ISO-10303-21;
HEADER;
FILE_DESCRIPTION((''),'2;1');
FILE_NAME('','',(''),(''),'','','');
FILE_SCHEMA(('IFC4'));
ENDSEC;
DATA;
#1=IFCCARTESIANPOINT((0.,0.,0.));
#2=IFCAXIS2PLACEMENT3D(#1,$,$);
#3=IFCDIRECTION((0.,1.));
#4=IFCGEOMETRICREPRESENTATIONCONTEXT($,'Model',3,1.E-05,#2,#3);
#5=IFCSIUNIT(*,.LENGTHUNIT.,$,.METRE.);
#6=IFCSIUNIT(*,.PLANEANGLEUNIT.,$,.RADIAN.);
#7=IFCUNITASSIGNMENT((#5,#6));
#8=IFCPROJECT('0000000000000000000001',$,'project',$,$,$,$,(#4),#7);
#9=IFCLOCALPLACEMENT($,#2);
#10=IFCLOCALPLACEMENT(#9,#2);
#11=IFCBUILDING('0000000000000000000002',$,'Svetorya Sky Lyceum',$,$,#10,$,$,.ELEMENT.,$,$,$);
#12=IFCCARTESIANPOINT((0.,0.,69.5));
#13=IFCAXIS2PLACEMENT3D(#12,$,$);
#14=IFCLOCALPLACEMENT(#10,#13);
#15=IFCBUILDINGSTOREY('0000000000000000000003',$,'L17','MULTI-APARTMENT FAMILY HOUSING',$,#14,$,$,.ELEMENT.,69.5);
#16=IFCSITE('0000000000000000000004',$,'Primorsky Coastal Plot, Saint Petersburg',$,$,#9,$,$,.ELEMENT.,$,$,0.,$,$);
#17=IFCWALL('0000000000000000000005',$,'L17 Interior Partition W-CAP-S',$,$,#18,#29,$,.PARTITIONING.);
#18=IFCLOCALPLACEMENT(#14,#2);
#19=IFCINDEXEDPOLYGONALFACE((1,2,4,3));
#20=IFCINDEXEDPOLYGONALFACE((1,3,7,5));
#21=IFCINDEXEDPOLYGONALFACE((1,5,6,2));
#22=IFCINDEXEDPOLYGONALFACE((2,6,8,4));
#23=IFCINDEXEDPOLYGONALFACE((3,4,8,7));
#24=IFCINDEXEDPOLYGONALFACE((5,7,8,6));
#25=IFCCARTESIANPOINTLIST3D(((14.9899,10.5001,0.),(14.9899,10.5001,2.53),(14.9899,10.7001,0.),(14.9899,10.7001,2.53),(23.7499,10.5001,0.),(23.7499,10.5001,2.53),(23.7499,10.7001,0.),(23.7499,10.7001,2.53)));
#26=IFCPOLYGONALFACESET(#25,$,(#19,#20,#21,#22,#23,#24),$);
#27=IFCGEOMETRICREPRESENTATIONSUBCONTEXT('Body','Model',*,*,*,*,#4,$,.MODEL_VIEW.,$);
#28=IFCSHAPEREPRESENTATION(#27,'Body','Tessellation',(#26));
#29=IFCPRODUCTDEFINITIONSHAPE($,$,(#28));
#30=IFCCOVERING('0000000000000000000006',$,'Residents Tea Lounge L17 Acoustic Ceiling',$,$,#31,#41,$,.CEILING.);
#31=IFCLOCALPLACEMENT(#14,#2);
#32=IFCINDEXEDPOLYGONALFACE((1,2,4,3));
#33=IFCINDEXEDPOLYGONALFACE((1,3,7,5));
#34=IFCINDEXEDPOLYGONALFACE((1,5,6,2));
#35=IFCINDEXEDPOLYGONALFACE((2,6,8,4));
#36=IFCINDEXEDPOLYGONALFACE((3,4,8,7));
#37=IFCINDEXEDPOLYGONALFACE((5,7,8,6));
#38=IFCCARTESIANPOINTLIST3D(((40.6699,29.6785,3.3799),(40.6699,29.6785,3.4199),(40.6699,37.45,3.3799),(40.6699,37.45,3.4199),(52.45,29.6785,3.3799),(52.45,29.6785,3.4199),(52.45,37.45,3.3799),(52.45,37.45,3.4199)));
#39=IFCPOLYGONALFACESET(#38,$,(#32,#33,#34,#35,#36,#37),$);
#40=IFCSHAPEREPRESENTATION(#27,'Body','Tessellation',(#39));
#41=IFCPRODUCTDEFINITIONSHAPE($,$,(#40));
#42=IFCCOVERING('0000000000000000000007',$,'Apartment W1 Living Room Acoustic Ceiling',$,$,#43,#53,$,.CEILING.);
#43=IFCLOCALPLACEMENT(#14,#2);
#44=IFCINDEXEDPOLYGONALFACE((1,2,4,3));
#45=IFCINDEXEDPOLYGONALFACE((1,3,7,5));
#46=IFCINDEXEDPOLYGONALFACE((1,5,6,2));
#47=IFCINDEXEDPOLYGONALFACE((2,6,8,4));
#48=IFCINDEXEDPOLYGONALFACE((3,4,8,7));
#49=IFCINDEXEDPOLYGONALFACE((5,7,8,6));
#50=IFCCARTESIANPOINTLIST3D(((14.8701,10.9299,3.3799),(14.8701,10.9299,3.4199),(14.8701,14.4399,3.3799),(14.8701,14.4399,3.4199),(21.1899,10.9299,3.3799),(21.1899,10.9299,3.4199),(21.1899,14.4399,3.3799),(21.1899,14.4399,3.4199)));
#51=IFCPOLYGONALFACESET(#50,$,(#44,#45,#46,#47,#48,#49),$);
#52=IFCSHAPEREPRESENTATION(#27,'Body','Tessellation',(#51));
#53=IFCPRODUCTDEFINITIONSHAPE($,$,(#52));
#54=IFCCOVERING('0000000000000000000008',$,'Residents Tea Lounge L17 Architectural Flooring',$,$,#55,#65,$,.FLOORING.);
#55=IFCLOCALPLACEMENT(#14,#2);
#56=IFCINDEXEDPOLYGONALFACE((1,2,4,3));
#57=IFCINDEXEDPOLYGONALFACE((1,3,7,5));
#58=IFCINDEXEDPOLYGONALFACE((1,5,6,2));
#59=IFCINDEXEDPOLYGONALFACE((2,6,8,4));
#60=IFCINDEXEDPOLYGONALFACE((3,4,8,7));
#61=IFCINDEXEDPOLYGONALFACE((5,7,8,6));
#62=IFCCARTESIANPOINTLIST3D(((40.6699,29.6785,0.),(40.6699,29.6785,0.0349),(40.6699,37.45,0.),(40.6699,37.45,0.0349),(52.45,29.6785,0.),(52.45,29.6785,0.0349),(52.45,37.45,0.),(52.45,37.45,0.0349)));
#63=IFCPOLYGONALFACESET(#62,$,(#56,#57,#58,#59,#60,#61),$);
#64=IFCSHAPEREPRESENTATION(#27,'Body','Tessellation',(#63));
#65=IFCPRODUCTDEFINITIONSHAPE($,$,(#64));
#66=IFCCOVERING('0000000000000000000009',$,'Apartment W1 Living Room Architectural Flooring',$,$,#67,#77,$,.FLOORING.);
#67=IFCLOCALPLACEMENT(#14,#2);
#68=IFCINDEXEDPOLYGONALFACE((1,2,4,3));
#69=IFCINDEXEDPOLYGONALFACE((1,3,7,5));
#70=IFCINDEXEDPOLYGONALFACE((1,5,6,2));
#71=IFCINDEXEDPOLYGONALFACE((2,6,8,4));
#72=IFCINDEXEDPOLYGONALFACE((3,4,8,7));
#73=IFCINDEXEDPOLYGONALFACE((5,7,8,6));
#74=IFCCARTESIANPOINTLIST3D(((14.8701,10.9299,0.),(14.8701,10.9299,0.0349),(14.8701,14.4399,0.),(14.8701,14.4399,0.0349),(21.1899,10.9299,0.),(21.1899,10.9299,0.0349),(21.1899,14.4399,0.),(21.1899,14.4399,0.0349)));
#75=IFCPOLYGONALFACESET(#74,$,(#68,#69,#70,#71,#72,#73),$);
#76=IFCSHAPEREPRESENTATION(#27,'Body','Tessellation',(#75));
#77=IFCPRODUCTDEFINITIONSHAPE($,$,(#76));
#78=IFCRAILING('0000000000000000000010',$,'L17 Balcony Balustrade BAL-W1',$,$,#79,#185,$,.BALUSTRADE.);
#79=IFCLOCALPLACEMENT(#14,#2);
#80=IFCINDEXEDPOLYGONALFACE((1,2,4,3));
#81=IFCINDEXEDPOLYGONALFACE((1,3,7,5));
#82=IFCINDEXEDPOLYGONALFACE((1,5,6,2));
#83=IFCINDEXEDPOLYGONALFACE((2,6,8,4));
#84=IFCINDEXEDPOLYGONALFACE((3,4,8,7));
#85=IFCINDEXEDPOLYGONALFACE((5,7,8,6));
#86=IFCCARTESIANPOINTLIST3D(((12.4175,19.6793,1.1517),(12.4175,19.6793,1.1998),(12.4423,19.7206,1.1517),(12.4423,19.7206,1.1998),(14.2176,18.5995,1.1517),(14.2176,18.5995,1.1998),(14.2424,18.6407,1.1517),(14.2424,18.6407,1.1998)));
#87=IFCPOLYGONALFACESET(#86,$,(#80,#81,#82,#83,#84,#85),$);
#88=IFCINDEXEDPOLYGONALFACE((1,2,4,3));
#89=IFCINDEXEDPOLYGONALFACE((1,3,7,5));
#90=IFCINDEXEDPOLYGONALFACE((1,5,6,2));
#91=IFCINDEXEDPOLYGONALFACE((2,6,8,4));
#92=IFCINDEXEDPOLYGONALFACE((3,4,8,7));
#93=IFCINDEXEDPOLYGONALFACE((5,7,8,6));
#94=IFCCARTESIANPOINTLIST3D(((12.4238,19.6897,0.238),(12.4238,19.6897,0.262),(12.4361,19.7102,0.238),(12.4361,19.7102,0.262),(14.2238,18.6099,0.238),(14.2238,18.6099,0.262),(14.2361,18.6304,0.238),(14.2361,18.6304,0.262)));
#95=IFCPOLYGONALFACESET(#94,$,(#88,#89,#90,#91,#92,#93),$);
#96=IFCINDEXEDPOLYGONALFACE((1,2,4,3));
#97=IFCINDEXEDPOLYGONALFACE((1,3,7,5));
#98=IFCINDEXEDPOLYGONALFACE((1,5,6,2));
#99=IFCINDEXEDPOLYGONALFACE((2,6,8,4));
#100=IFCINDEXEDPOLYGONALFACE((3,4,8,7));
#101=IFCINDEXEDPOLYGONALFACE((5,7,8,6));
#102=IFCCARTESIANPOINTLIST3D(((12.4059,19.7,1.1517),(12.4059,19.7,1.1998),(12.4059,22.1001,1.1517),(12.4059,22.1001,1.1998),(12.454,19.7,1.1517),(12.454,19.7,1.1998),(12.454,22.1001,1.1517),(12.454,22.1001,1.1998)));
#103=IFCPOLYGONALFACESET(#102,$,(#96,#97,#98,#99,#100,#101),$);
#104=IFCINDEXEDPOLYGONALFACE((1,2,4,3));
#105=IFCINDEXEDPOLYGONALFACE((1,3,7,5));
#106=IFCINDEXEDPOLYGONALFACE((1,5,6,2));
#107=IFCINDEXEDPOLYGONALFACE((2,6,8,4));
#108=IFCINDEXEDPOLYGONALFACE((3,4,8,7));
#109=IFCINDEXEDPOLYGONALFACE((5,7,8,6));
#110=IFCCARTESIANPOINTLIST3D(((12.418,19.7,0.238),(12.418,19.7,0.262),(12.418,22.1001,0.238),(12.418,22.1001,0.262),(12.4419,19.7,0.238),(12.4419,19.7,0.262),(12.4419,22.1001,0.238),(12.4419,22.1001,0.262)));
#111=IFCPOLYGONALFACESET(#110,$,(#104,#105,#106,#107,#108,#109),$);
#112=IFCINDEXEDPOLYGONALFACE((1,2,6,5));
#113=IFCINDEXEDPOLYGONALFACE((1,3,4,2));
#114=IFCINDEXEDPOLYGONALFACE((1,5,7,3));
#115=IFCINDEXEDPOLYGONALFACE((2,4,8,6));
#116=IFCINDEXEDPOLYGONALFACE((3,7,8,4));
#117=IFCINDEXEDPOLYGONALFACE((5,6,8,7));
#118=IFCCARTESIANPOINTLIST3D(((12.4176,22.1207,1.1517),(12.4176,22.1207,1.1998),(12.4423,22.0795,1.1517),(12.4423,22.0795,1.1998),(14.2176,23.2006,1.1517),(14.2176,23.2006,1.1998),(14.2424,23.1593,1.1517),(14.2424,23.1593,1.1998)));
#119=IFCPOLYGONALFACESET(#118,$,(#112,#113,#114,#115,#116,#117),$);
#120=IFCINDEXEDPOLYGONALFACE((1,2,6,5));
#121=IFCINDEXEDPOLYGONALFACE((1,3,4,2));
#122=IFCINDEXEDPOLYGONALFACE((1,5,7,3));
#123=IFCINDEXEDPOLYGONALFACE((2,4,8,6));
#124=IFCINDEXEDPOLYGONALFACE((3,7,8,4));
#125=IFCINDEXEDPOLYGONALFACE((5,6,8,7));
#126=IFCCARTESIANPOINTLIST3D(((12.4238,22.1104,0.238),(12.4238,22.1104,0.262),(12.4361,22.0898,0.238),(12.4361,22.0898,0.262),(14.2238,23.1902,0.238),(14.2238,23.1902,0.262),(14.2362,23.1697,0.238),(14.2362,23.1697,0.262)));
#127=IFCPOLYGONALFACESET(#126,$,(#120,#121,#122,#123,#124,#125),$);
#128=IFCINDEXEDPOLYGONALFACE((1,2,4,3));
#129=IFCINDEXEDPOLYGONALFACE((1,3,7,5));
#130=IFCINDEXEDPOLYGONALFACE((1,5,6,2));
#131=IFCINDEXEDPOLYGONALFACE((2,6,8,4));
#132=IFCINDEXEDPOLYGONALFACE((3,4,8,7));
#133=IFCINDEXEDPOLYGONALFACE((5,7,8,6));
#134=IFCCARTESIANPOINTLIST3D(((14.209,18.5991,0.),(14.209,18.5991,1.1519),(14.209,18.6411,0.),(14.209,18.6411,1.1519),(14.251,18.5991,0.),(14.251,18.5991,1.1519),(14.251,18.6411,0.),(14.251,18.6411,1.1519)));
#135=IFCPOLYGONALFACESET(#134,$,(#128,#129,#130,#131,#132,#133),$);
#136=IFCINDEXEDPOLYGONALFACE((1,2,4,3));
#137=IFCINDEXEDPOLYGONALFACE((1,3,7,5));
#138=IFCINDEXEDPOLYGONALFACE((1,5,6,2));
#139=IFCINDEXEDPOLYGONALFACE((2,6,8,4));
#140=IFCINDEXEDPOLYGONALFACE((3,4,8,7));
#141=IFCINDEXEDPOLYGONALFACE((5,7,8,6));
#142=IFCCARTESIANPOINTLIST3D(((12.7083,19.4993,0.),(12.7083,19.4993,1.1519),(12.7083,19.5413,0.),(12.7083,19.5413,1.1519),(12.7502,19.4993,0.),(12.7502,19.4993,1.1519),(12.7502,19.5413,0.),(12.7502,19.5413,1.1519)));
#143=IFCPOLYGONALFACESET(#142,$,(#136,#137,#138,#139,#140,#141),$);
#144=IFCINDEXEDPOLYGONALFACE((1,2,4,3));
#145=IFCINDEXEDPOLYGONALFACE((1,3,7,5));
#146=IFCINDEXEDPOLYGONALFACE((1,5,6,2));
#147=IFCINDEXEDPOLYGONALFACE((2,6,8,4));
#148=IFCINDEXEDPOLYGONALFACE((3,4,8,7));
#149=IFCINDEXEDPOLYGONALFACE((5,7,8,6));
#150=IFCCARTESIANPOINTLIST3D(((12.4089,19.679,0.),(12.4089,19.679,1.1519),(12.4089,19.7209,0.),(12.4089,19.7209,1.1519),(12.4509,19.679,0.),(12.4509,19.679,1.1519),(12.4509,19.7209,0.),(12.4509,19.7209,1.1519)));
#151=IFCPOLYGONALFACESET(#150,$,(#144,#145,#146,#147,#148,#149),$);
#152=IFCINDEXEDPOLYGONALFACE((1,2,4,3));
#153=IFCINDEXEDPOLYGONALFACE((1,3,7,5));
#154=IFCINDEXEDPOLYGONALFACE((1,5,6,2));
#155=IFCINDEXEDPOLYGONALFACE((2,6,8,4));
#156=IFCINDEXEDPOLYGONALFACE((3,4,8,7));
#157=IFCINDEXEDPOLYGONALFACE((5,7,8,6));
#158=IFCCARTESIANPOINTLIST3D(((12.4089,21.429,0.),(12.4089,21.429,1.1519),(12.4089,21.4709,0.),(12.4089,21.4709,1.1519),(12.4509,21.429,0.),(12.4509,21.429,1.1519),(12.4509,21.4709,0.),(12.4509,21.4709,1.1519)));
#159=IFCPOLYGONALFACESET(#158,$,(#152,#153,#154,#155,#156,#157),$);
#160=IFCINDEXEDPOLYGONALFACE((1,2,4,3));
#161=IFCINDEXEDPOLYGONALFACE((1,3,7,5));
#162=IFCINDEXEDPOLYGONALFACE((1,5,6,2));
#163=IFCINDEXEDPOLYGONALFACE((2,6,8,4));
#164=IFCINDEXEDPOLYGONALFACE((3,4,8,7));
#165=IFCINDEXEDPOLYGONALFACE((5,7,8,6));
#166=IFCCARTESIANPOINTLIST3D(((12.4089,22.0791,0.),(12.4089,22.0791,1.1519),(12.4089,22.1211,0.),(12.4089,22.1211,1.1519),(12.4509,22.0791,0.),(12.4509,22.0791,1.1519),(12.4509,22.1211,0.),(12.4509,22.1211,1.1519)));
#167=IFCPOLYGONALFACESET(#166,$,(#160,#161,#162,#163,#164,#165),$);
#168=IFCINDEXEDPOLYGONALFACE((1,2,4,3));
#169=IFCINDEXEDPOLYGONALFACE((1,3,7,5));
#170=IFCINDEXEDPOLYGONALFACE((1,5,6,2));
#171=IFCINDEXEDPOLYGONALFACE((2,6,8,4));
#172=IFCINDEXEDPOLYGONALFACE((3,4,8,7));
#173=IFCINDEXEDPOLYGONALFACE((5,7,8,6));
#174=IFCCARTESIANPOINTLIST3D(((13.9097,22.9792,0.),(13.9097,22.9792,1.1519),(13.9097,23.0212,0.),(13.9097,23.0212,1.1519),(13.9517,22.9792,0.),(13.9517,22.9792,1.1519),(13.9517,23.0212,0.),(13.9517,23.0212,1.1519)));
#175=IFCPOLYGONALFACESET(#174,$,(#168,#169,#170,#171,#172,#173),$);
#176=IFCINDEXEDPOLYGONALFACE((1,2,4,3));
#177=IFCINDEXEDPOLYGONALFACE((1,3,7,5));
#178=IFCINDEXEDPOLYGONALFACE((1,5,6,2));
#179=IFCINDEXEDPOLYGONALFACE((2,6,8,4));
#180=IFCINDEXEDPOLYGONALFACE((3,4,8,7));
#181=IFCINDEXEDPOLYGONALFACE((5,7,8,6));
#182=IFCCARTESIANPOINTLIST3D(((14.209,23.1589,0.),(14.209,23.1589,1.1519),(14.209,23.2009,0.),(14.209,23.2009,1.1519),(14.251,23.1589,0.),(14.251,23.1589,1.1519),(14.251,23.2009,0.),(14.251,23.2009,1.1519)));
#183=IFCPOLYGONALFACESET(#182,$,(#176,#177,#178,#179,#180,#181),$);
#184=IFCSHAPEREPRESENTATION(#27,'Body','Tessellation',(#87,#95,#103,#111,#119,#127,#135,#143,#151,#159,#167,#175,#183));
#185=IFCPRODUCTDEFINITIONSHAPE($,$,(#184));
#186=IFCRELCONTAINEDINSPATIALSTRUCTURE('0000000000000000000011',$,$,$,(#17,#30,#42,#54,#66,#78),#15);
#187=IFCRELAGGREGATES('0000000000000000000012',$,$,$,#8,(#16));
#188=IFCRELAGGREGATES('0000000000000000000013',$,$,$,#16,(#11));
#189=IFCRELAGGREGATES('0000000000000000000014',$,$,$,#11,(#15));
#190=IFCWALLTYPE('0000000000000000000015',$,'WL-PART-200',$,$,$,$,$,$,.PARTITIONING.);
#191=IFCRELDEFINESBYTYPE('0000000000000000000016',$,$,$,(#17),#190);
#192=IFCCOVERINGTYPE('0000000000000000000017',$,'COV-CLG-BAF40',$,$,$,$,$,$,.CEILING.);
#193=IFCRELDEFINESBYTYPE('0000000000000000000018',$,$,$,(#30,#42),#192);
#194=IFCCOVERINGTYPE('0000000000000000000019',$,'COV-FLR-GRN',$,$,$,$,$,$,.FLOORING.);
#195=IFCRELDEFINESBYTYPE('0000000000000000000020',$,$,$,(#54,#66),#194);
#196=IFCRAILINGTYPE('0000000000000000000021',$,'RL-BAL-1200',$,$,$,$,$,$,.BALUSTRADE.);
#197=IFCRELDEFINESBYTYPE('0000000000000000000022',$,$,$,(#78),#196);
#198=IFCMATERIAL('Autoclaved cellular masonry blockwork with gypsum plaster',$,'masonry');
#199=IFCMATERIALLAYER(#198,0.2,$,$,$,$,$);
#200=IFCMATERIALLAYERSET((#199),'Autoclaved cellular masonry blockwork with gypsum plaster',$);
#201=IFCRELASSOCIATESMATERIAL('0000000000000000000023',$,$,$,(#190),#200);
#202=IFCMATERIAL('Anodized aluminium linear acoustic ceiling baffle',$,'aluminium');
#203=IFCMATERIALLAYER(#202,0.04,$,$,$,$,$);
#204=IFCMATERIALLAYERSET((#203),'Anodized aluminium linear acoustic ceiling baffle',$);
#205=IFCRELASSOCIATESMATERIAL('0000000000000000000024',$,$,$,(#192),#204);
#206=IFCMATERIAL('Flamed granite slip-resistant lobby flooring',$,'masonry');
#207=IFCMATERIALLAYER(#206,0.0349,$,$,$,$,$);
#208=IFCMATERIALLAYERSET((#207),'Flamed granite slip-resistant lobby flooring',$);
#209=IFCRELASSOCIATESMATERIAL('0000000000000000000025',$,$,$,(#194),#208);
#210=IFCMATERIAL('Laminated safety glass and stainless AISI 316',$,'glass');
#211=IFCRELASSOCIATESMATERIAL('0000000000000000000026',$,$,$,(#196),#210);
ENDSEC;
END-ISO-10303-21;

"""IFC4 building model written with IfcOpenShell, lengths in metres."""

from ifc_helpers import new_model, si_unit, direction, frame, frame_2d, origin, origin_2d, place, context, subcontext, project, spatial, polyline, rectangle, outline, extrude, material, layer, layer_set, type_object, element, save


model = new_model("IFC4")

# Units and contexts
model_context = context("Model", 3, precision=1e-05, world=origin(), true_north=direction((0.0, 1.0)))
body_context = subcontext(model_context, "Body", "Model", "MODEL_VIEW")
ifc_project = project(units=[si_unit("LENGTHUNIT", "METRE"), si_unit("PLANEANGLEUNIT", "RADIAN")], contexts=[model_context])

# Site, building, storey
site_placement = place(None, origin())
site = spatial("IfcSite", under=ifc_project, at=site_placement, Name="Primorsky Coastal Plot, Saint Petersburg", CompositionType="ELEMENT", RefElevation=0.0)
building_placement = place(site_placement, origin())
building = spatial("IfcBuilding", under=site, at=building_placement, Name="Svetorya Sky Lyceum", CompositionType="ELEMENT")
storey_placement = place(building_placement, frame((0.0, 0.0, 69.5)))
storey = spatial("IfcBuildingStorey", under=building, at=storey_placement, Name="L17", Description="MULTI-APARTMENT FAMILY HOUSING", CompositionType="ELEMENT", Elevation=69.5)

# Wall
ifc_material_1 = material(Name="Autoclaved cellular masonry blockwork with gypsum plaster", Category="masonry")
ifc_layer_1 = layer(ifc_material_1, 0.2)
ifc_layer_set_1 = layer_set([ifc_layer_1], Name="Autoclaved cellular masonry blockwork with gypsum plaster")
wall_type_1 = type_object("IfcWallType", Name="WL-PART-200", PredefinedType="PARTITIONING", material=ifc_layer_set_1)
wall_1_placement = place(storey_placement, frame((14.99, 10.6001, 0.0), z_axis=(0.0, 0.0, 1.0), x_axis=(1.0, 0.0, 0.0)))
element("IfcWall", 1, at=wall_1_placement, inside=storey, type_object=wall_type_1, Name="L17 Interior Partition W-CAP-S", PredefinedType="PARTITIONING", context=body_context, shape_type="SweptSolid", body=[
    extrude(rectangle(XDim=8.76, YDim=0.2, at=frame_2d((4.3799, 0.0))), origin(), (0.0, 0.0, 1.0), 2.53),
])

# Coverings
ifc_material_2 = material(Name="Anodized aluminium linear acoustic ceiling baffle", Category="aluminium")
ifc_layer_2 = layer(ifc_material_2, 0.04)
ifc_layer_set_2 = layer_set([ifc_layer_2], Name="Anodized aluminium linear acoustic ceiling baffle")
covering_type_1 = type_object("IfcCoveringType", Name="COV-CLG-BAF40", PredefinedType="CEILING", material=ifc_layer_set_2)
covering_1_placement = place(storey_placement, frame((0.0, 0.0, 3.3799)))
element("IfcCovering", 2, at=covering_1_placement, inside=storey, type_object=covering_type_1, Name="Residents Tea Lounge L17 Acoustic Ceiling", PredefinedType="CEILING", context=body_context, shape_type="SweptSolid", body=[
    extrude(outline(polyline([(40.6699, 29.6785), (52.45, 29.6785), (52.45, 37.45), (40.6699, 37.45), (40.6699, 29.6785)])), origin(), (0.0, 0.0, 1.0), 0.04),
])
covering_2_placement = place(storey_placement, frame((0.0, 0.0, 3.3799)))
element("IfcCovering", 3, at=covering_2_placement, inside=storey, type_object=covering_type_1, Name="Apartment W1 Living Room Acoustic Ceiling", PredefinedType="CEILING", context=body_context, shape_type="SweptSolid", body=[
    extrude(outline(polyline([(14.8701, 10.9299), (21.1899, 10.9299), (21.1899, 14.4399), (14.8701, 14.4399), (14.8701, 10.9299)])), origin(), (0.0, 0.0, 1.0), 0.04),
])
ifc_material_3 = material(Name="Flamed granite slip-resistant lobby flooring", Category="masonry")
ifc_layer_3 = layer(ifc_material_3, 0.0349)
ifc_layer_set_3 = layer_set([ifc_layer_3], Name="Flamed granite slip-resistant lobby flooring")
covering_type_2 = type_object("IfcCoveringType", Name="COV-FLR-GRN", PredefinedType="FLOORING", material=ifc_layer_set_3)
covering_3_placement = place(storey_placement, origin())
element("IfcCovering", 4, at=covering_3_placement, inside=storey, type_object=covering_type_2, Name="Residents Tea Lounge L17 Architectural Flooring", PredefinedType="FLOORING", context=body_context, shape_type="SweptSolid", body=[
    extrude(outline(polyline([(40.6699, 29.6785), (52.45, 29.6785), (52.45, 37.45), (40.6699, 37.45), (40.6699, 29.6785)])), origin(), (0.0, 0.0, 1.0), 0.0349),
])
covering_4_placement = place(storey_placement, origin())
element("IfcCovering", 5, at=covering_4_placement, inside=storey, type_object=covering_type_2, Name="Apartment W1 Living Room Architectural Flooring", PredefinedType="FLOORING", context=body_context, shape_type="SweptSolid", body=[
    extrude(outline(polyline([(14.8701, 10.9299), (21.1899, 10.9299), (21.1899, 14.4399), (14.8701, 14.4399), (14.8701, 10.9299)])), origin(), (0.0, 0.0, 1.0), 0.0349),
])

# Railing
ifc_material_4 = material(Name="Laminated safety glass and stainless AISI 316", Category="glass")
railing_type = type_object("IfcRailingType", Name="RL-BAL-1200", PredefinedType="BALUSTRADE", material=ifc_material_4)
railing_placement = place(storey_placement, frame((14.23, 18.6201, 0.0)))
element("IfcRailing", 6, at=railing_placement, inside=storey, type_object=railing_type, Name="L17 Balcony Balustrade BAL-W1", PredefinedType="BALUSTRADE", context=body_context, shape_type="SweptSolid", body=[
    extrude(rectangle(XDim=0.0481, YDim=0.0481, at=origin_2d()), frame((0.0, 0.0, 1.1758), z_axis=(-0.857534, 0.514427, 0.0), x_axis=(-0.514427, -0.857534, 0.0)), (0.0, 0.0, 1.0), 2.0991),
    extrude(rectangle(XDim=0.0239, YDim=0.0239, at=origin_2d()), frame((0.0, 0.0, 0.25), z_axis=(-0.857534, 0.514427, 0.0), x_axis=(-0.514427, -0.857534, 0.0)), (0.0, 0.0, 1.0), 2.0991),
    extrude(rectangle(XDim=0.0481, YDim=0.0481, at=origin_2d()), frame((-1.8, 1.0798, 1.1758), z_axis=(0.0, 1.0, 0.0), x_axis=(-1.0, 0.0, 0.0)), (0.0, 0.0, 1.0), 2.4001),
    extrude(rectangle(XDim=0.0239, YDim=0.0239, at=origin_2d()), frame((-1.8, 1.0798, 0.25), z_axis=(0.0, 1.0, 0.0), x_axis=(-1.0, 0.0, 0.0)), (0.0, 0.0, 1.0), 2.4001),
    extrude(rectangle(XDim=0.0481, YDim=0.0481, at=origin_2d()), frame((-1.8, 3.48, 1.1758), z_axis=(0.857534, 0.514427, 0.0), x_axis=(-0.514427, 0.857534, 0.0)), (0.0, 0.0, 1.0), 2.0991),
    extrude(rectangle(XDim=0.0239, YDim=0.0239, at=origin_2d()), frame((-1.8, 3.48, 0.25), z_axis=(0.857534, 0.514427, 0.0), x_axis=(-0.514427, 0.857534, 0.0)), (0.0, 0.0, 1.0), 2.0991),
    extrude(rectangle(XDim=0.042, YDim=0.042, at=origin_2d()), origin(), (0.0, 0.0, 1.0), 1.1519),
    extrude(rectangle(XDim=0.042, YDim=0.042, at=origin_2d()), frame((-1.5007, 0.9001, 0.0)), (0.0, 0.0, 1.0), 1.1519),
    extrude(rectangle(XDim=0.042, YDim=0.042, at=origin_2d()), frame((-1.8, 1.0798, 0.0)), (0.0, 0.0, 1.0), 1.1519),
    extrude(rectangle(XDim=0.042, YDim=0.042, at=origin_2d()), frame((-1.8, 2.8298, 0.0)), (0.0, 0.0, 1.0), 1.1519),
    extrude(rectangle(XDim=0.042, YDim=0.042, at=origin_2d()), frame((-1.8, 3.48, 0.0)), (0.0, 0.0, 1.0), 1.1519),
    extrude(rectangle(XDim=0.042, YDim=0.042, at=origin_2d()), frame((-0.2993, 4.3801, 0.0)), (0.0, 0.0, 1.0), 1.1519),
    extrude(rectangle(XDim=0.042, YDim=0.042, at=origin_2d()), frame((0.0, 4.5598, 0.0)), (0.0, 0.0, 1.0), 1.1519),
])

save(model, "model.ifc")
